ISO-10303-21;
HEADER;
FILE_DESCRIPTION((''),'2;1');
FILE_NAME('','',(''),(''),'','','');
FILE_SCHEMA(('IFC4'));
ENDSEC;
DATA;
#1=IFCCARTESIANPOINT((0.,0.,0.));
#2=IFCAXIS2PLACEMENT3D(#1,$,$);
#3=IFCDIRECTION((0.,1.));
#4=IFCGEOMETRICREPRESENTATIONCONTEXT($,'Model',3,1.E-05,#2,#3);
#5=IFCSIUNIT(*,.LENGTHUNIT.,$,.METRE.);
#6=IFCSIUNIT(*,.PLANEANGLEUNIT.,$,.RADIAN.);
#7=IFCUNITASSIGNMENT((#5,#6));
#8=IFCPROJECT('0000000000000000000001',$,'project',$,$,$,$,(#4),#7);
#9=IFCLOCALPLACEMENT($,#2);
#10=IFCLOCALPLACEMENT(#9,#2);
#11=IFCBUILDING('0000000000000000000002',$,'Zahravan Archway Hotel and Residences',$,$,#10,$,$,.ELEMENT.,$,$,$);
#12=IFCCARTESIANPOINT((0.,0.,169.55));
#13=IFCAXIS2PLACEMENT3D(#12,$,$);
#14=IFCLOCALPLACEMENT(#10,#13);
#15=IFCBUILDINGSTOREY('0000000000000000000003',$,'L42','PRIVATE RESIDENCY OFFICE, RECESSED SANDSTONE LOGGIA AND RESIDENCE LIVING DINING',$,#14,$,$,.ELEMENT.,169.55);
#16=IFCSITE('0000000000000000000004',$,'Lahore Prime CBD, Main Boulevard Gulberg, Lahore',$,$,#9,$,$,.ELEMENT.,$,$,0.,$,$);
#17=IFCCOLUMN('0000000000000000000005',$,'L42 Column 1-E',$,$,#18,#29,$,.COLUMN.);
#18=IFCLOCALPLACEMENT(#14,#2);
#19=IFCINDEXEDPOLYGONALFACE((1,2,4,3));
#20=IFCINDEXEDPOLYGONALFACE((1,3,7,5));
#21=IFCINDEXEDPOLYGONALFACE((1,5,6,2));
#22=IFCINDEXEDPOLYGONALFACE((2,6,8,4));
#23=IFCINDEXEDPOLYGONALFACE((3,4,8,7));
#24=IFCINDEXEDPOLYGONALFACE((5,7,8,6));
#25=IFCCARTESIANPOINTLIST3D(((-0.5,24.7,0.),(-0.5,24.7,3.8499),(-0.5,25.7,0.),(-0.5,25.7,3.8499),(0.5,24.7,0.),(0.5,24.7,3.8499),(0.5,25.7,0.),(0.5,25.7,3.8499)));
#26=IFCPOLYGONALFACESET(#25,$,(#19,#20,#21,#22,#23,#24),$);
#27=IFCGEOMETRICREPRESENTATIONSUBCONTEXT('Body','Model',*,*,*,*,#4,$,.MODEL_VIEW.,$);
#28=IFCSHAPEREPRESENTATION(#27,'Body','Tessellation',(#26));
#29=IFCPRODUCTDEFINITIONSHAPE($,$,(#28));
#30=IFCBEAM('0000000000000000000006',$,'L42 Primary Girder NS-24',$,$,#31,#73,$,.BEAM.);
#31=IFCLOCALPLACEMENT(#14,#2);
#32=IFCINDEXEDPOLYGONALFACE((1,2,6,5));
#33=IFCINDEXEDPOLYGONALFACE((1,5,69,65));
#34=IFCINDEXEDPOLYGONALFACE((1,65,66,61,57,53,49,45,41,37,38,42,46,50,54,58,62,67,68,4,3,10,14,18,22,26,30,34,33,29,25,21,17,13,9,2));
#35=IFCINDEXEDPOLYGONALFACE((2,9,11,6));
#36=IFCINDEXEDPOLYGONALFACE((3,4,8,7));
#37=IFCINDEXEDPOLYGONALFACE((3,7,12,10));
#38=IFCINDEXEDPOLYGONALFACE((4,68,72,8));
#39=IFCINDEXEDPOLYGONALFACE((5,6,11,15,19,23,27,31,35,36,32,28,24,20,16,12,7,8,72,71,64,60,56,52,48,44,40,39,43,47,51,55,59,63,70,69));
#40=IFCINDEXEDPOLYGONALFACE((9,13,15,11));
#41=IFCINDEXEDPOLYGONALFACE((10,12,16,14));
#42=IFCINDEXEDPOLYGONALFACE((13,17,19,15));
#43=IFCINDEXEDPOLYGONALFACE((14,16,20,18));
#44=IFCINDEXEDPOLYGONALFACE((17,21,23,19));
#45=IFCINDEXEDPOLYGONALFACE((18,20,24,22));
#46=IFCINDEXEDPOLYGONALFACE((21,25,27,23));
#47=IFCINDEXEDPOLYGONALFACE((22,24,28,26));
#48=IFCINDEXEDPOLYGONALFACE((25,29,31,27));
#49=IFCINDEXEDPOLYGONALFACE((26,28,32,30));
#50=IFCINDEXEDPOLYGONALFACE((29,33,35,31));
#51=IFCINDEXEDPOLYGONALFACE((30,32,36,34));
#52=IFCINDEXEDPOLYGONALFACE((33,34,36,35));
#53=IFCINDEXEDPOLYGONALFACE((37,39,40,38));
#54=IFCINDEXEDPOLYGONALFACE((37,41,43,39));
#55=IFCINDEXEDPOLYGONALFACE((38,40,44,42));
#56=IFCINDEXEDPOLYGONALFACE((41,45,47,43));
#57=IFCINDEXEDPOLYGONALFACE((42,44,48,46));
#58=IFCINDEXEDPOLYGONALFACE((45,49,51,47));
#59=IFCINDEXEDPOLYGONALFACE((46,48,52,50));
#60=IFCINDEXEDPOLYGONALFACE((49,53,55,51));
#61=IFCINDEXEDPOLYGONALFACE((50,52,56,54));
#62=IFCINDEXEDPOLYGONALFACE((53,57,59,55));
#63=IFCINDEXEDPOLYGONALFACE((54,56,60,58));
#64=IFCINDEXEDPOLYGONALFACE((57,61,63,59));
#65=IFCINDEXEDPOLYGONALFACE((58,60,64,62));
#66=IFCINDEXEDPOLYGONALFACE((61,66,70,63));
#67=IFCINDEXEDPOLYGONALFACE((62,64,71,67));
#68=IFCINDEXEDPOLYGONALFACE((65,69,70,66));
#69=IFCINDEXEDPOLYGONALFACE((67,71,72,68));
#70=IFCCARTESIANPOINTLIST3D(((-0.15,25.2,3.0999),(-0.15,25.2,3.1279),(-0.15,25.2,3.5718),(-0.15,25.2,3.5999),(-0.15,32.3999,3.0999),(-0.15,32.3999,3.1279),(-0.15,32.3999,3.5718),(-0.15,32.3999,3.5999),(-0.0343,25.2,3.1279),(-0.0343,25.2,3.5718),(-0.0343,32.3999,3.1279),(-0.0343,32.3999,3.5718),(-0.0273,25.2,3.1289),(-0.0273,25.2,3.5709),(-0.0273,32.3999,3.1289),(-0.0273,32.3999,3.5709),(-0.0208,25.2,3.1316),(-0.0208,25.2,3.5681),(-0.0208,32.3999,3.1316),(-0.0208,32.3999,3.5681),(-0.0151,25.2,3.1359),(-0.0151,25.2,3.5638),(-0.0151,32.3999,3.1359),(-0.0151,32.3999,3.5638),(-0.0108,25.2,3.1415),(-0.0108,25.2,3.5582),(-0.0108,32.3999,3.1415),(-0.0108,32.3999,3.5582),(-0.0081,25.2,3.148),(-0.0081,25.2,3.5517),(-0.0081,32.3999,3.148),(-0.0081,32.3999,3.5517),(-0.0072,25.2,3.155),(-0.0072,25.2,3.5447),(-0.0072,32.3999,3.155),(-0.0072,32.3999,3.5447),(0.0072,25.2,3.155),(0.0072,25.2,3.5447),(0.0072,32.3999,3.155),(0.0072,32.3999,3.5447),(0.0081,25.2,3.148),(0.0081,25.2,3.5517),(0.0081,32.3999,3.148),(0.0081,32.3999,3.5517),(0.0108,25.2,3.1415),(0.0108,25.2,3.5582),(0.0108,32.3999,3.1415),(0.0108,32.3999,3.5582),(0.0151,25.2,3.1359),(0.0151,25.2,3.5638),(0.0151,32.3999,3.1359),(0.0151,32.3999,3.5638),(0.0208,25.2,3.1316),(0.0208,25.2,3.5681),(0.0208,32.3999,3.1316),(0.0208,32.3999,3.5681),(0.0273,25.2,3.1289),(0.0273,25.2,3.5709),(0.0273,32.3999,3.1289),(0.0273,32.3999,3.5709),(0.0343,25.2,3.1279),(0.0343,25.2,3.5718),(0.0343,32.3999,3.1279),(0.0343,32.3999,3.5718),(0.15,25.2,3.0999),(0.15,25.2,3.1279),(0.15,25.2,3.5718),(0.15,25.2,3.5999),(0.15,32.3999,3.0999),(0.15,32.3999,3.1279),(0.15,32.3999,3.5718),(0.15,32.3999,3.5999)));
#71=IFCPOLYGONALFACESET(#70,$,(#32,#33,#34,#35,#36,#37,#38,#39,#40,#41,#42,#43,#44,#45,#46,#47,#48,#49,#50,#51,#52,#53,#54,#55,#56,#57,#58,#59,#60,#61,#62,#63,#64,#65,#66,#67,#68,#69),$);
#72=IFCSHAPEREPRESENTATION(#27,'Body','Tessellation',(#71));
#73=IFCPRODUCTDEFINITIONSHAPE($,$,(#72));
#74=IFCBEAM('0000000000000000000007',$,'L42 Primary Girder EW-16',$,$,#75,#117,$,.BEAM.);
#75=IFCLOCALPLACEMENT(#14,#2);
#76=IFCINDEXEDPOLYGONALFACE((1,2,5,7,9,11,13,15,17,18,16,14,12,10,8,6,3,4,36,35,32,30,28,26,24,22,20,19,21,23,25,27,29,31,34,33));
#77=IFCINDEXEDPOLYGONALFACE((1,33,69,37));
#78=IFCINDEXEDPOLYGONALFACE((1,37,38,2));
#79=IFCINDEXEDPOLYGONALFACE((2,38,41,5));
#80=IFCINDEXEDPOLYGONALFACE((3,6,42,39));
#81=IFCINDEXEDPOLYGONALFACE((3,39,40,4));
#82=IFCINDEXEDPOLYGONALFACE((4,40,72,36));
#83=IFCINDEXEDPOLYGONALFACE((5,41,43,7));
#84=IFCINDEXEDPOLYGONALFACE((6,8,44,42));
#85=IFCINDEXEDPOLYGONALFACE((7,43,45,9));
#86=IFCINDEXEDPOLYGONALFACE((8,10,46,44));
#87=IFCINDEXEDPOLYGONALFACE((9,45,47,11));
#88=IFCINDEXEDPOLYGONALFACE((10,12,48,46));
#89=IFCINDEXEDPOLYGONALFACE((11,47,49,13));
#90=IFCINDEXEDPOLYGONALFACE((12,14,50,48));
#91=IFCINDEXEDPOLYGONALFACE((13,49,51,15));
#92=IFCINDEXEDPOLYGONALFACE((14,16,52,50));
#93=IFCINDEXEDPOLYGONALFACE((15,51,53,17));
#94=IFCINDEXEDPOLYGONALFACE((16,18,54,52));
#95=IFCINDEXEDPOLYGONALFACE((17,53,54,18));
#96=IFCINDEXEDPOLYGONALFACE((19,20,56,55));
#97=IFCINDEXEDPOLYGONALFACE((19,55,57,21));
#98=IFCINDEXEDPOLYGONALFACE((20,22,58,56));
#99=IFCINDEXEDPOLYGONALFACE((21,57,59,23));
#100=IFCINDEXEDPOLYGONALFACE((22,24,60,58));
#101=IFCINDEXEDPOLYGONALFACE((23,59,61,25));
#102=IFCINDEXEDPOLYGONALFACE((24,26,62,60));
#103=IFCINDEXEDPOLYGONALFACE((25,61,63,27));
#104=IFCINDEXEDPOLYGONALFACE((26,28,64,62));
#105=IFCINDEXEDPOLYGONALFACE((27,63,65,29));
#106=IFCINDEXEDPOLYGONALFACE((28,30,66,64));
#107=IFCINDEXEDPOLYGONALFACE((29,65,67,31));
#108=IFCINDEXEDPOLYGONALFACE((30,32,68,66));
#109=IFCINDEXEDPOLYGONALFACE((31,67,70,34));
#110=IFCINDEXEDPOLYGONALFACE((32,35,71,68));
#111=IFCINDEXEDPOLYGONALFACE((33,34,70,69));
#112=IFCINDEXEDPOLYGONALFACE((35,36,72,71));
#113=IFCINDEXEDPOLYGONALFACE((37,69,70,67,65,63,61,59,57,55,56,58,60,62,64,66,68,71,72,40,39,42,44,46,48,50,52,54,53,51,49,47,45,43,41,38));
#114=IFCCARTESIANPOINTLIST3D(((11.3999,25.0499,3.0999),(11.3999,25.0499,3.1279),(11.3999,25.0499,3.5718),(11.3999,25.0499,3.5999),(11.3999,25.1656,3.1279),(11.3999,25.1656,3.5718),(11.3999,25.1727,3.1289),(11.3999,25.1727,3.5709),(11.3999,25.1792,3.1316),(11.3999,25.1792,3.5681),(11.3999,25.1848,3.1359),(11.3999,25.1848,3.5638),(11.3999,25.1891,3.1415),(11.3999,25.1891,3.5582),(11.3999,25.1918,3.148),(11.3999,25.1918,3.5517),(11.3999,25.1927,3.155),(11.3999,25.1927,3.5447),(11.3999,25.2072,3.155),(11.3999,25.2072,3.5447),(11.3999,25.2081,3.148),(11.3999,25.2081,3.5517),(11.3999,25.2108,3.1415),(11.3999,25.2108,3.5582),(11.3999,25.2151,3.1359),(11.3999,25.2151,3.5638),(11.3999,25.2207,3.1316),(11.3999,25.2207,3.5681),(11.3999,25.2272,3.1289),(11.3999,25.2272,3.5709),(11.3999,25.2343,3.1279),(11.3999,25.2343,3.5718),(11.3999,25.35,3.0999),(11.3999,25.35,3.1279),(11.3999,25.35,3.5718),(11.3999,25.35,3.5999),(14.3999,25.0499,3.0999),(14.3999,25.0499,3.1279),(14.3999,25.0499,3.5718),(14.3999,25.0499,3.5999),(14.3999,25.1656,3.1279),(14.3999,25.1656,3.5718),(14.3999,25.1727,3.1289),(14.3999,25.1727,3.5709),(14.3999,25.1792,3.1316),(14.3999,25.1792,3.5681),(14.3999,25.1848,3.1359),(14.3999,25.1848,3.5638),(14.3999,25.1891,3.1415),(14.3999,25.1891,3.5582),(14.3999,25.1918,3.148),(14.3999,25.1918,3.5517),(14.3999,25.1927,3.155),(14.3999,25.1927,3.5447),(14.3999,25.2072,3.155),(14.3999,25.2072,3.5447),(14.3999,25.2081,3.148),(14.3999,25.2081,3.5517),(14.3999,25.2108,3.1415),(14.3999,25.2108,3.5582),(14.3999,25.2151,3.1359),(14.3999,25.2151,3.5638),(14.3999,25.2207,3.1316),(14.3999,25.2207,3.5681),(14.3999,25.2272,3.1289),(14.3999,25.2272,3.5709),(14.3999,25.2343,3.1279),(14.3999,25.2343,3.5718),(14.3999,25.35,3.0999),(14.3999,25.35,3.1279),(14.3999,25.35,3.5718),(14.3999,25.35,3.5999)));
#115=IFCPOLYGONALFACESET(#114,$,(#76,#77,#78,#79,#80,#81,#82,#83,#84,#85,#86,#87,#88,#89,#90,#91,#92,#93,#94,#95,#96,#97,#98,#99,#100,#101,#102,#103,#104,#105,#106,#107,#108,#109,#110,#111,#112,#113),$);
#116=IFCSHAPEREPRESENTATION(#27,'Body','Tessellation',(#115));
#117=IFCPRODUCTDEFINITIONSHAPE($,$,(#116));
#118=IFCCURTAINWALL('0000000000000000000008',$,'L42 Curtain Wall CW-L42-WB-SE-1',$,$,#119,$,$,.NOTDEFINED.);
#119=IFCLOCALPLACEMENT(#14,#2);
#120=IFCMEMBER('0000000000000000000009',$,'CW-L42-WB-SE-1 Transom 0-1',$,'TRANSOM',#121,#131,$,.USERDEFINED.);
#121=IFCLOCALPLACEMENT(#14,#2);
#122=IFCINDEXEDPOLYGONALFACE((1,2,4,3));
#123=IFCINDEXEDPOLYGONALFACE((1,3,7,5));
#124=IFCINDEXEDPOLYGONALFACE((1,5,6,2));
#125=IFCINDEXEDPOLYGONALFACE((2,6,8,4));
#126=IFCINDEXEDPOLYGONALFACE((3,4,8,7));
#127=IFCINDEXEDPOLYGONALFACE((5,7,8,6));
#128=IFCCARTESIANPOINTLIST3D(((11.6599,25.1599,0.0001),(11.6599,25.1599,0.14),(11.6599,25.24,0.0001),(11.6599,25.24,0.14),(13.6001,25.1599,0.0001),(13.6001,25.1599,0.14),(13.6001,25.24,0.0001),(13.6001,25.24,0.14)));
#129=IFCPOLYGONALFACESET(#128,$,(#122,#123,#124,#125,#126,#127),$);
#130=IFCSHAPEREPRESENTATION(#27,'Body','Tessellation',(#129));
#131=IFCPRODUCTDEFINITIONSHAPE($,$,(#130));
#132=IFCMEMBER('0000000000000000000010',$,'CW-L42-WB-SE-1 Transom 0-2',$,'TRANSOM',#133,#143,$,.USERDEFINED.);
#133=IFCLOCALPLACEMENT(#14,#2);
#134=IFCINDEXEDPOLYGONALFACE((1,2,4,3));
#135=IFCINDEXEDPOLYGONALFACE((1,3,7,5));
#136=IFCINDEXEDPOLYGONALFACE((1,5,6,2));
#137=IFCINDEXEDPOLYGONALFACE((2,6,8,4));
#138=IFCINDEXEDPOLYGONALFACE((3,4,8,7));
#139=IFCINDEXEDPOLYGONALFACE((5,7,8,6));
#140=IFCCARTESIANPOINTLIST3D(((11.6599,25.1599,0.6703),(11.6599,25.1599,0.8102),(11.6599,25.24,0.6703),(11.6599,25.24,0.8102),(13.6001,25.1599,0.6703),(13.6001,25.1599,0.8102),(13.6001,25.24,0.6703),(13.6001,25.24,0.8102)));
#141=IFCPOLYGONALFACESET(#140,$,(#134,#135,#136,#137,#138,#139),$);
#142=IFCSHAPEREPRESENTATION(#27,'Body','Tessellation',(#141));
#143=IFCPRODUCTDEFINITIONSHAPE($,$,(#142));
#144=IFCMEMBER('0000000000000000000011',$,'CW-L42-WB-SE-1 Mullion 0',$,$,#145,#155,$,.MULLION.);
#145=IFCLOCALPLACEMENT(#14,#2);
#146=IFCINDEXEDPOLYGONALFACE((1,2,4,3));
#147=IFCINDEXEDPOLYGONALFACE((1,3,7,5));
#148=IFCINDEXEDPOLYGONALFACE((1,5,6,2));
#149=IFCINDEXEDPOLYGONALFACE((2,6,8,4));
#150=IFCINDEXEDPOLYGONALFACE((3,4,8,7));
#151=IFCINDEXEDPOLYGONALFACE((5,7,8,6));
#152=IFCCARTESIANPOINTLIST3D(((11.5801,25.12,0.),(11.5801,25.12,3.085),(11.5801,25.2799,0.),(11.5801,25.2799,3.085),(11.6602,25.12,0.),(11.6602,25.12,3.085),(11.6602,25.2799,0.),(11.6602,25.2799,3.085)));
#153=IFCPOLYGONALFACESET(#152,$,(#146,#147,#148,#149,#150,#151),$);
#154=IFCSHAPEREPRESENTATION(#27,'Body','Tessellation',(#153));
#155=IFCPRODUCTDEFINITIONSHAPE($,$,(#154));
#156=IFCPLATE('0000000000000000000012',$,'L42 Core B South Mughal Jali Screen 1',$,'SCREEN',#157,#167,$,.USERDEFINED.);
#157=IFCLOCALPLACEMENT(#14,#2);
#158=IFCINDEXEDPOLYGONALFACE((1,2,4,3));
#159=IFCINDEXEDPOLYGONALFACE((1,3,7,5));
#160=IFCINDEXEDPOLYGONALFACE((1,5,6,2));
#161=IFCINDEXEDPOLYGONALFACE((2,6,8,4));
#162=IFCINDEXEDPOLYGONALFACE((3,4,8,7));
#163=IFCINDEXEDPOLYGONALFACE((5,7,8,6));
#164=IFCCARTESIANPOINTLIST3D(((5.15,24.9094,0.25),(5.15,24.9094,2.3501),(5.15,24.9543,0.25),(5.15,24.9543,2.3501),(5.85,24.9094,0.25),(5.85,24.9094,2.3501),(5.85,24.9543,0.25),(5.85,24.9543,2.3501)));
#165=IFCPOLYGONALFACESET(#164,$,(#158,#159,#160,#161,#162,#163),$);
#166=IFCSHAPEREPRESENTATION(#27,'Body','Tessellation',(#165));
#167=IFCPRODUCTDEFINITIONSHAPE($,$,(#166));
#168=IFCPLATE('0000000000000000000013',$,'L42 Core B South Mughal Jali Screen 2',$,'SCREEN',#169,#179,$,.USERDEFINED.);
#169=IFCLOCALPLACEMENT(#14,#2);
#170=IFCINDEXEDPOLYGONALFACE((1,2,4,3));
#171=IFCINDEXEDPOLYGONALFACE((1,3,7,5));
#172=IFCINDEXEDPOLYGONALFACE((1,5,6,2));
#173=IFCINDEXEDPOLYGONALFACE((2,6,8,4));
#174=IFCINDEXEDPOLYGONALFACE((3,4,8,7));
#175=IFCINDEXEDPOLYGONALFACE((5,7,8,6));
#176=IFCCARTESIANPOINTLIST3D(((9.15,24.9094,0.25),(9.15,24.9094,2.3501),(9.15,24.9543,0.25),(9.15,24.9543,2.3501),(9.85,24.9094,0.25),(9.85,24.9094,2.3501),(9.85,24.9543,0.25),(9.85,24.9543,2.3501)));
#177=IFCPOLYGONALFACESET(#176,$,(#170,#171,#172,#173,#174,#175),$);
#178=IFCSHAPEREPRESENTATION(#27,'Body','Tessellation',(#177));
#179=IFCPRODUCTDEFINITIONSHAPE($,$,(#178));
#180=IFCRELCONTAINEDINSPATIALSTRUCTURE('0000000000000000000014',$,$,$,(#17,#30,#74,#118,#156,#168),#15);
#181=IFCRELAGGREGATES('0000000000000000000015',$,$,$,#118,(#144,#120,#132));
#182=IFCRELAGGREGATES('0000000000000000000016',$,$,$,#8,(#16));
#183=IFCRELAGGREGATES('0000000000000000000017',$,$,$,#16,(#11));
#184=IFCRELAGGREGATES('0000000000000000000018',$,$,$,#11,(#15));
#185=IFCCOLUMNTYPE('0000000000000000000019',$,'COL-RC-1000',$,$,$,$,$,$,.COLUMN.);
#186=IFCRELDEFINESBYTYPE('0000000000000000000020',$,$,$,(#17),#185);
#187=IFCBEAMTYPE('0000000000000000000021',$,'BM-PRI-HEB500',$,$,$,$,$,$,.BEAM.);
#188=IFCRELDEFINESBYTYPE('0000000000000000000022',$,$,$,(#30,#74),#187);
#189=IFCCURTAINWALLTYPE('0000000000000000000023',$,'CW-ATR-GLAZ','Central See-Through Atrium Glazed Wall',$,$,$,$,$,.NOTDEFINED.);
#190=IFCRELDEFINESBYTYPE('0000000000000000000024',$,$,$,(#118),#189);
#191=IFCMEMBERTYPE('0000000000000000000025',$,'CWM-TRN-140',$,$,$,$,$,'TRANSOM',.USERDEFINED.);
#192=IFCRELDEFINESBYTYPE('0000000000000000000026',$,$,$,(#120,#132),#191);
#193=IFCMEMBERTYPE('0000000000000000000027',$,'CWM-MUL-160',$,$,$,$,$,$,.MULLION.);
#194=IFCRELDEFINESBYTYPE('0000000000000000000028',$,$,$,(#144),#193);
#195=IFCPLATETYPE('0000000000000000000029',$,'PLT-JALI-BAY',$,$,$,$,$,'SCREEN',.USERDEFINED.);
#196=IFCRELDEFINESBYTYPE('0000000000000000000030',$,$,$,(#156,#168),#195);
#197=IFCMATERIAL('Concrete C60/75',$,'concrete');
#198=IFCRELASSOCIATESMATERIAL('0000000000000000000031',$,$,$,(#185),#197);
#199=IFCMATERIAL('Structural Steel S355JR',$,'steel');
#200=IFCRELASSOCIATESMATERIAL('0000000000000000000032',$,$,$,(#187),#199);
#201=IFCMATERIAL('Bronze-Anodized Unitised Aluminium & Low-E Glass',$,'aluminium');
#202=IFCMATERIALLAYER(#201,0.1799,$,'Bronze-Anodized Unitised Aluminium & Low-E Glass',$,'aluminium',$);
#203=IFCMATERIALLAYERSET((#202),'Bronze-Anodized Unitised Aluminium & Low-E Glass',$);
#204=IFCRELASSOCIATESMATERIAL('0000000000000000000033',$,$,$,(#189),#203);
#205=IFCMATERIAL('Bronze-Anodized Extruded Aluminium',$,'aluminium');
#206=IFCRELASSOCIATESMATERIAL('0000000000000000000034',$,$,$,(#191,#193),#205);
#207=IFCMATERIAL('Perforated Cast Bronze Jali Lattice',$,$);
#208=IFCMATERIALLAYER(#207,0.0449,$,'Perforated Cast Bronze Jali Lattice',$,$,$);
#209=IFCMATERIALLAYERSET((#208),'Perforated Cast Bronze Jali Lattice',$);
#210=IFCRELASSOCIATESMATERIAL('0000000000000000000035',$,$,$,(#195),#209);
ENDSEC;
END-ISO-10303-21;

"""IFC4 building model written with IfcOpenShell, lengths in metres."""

from ifc_helpers import new_model, si_unit, direction, frame, origin, origin_2d, place, context, subcontext, project, spatial, rectangle, i_section, extrude, source, transform, mapped, material, layer, layer_set, material_profile, profile_set, type_object, type_shapes, element, aggregate, save


model = new_model("IFC4")

# Units and contexts
model_context = context("Model", 3, precision=1e-05, world=origin(), true_north=direction((0.0, 1.0)))
body_context = subcontext(model_context, "Body", "Model", "MODEL_VIEW")
ifc_project = project(units=[si_unit("LENGTHUNIT", "METRE"), si_unit("PLANEANGLEUNIT", "RADIAN")], contexts=[model_context])

# Site, building, storey
site_placement = place(None, origin())
site = spatial("IfcSite", under=ifc_project, at=site_placement, Name="Lahore Prime CBD, Main Boulevard Gulberg, Lahore", CompositionType="ELEMENT", RefElevation=0.0)
building_placement = place(site_placement, origin())
building = spatial("IfcBuilding", under=site, at=building_placement, Name="Zahravan Archway Hotel and Residences", CompositionType="ELEMENT")
storey_placement = place(building_placement, frame((0.0, 0.0, 169.55)))
storey = spatial("IfcBuildingStorey", under=building, at=storey_placement, Name="L42", Description="PRIVATE RESIDENCY OFFICE, RECESSED SANDSTONE LOGGIA AND RESIDENCE LIVING DINING", CompositionType="ELEMENT", Elevation=169.55)

# Column
ifc_material_1 = material(Name="Concrete C60/75", Category="concrete")
ifc_material_profile_1 = material_profile(ifc_material_1, rectangle(XDim=1.0, YDim=1.0, at=origin_2d()), Name="RC-COL-1000x1000", Category="concrete")
ifc_profile_set_1 = profile_set([ifc_material_profile_1], Name="Concrete C60/75")
column_type = type_object("IfcColumnType", Name="COL-RC-1000", PredefinedType="COLUMN", material=ifc_profile_set_1)
shared_shape_1 = source(origin(), body_context, "Body", "SweptSolid", [
    extrude(rectangle(XDim=1.0, YDim=1.0, at=origin_2d()), origin(), (0.0, 0.0, 1.0), 3.8499),
])
column_placement = place(storey_placement, frame((0.0, 25.2, 0.0), z_axis=(0.0, 0.0, 1.0), x_axis=(1.0, 0.0, 0.0)))
element("IfcColumn", 1, at=column_placement, inside=storey, type_object=column_type, Name="L42 Column 1-E", PredefinedType="COLUMN", context=body_context, shape_type="MappedRepresentation", body=[
    mapped(shared_shape_1, transform((0.0, 0.0, 0.0), scale=1.0)),
])

# Beams
ifc_material_2 = material(Name="Structural Steel S355JR", Category="steel")
ifc_material_profile_2 = material_profile(ifc_material_2, i_section(OverallWidth=0.3, OverallDepth=0.5, WebThickness=0.0144, FlangeThickness=0.0281, FilletRadius=0.0271, at=origin_2d()), Name="HEB 500", Category="steel")
ifc_profile_set_2 = profile_set([ifc_material_profile_2], Name="Structural Steel S355JR")
beam_type = type_object("IfcBeamType", Name="BM-PRI-HEB500", PredefinedType="BEAM", material=ifc_profile_set_2)
shared_shape_2 = source(origin(), body_context, "Body", "SweptSolid", [
    extrude(i_section(OverallWidth=0.3, OverallDepth=0.5, WebThickness=0.0144, FlangeThickness=0.0281, FilletRadius=0.0271, at=origin_2d()), origin(), (0.0, 0.0, 1.0), 7.2),
])
beam_1_placement = place(storey_placement, frame((0.0, 25.2, 3.3499), z_axis=(0.0, 1.0, 0.0), x_axis=(-1.0, 0.0, 0.0)))
element("IfcBeam", 2, at=beam_1_placement, inside=storey, type_object=beam_type, Name="L42 Primary Girder NS-24", PredefinedType="BEAM", context=body_context, shape_type="MappedRepresentation", body=[
    mapped(shared_shape_2, transform((0.0, 0.0, 0.0), scale=1.0)),
])
shared_shape_3 = source(origin(), body_context, "Body", "SweptSolid", [
    extrude(i_section(OverallWidth=0.3, OverallDepth=0.5, WebThickness=0.0144, FlangeThickness=0.0281, FilletRadius=0.0271, at=origin_2d()), origin(), (0.0, 0.0, 1.0), 3.0),
])
beam_2_placement = place(storey_placement, frame((11.3999, 25.2, 3.3499), z_axis=(1.0, 0.0, 0.0), x_axis=(0.0, 1.0, 0.0)))
element("IfcBeam", 3, at=beam_2_placement, inside=storey, type_object=beam_type, Name="L42 Primary Girder EW-16", PredefinedType="BEAM", context=body_context, shape_type="MappedRepresentation", body=[
    mapped(shared_shape_3, transform((0.0, 0.0, 0.0), scale=1.0)),
])

# Curtain wall, members
ifc_material_3 = material(Name="Bronze-Anodized Unitised Aluminium & Low-E Glass", Category="aluminium")
ifc_layer_1 = layer(ifc_material_3, 0.1799, Name="Bronze-Anodized Unitised Aluminium & Low-E Glass", Category="aluminium")
ifc_layer_set_1 = layer_set([ifc_layer_1], Name="Bronze-Anodized Unitised Aluminium & Low-E Glass")
curtain_wall_type = type_object("IfcCurtainWallType", Name="CW-ATR-GLAZ", Description="Central See-Through Atrium Glazed Wall", PredefinedType="NOTDEFINED", material=ifc_layer_set_1)
curtain_wall_placement = place(storey_placement, origin())
curtain_wall = element("IfcCurtainWall", 4, at=curtain_wall_placement, inside=storey, type_object=curtain_wall_type, Name="L42 Curtain Wall CW-L42-WB-SE-1", PredefinedType="NOTDEFINED")
ifc_material_4 = material(Name="Bronze-Anodized Extruded Aluminium", Category="aluminium")
ifc_material_profile_3 = material_profile(ifc_material_4, rectangle(XDim=0.0801, YDim=0.1399, at=origin_2d()), Name="TRN 80x140", Category="aluminium")
ifc_profile_set_3 = profile_set([ifc_material_profile_3], Name="Bronze-Anodized Extruded Aluminium")
member_type_1 = type_object("IfcMemberType", Name="CWM-TRN-140", ElementType="TRANSOM", PredefinedType="USERDEFINED", material=ifc_profile_set_3)
shared_shape_4 = source(origin(), body_context, "Body", "SweptSolid", [
    extrude(rectangle(XDim=0.0801, YDim=0.1399, at=origin_2d()), origin(), (0.0, 0.0, 1.0), 1.9402),
])
member_1_placement = place(storey_placement, frame((11.6599, 25.2, 0.0701), z_axis=(1.0, 0.0, 0.0), x_axis=(0.0, 1.0, 0.0)))
member_1 = element("IfcMember", 5, at=member_1_placement, type_object=member_type_1, Name="CW-L42-WB-SE-1 Transom 0-1", ObjectType="TRANSOM", PredefinedType="USERDEFINED", context=body_context, shape_type="MappedRepresentation", body=[
    mapped(shared_shape_4, transform((0.0, 0.0, 0.0), scale=1.0)),
])
member_2_placement = place(storey_placement, frame((11.6599, 25.2, 0.7402), z_axis=(1.0, 0.0, 0.0), x_axis=(0.0, 1.0, 0.0)))
member_2 = element("IfcMember", 6, at=member_2_placement, type_object=member_type_1, Name="CW-L42-WB-SE-1 Transom 0-2", ObjectType="TRANSOM", PredefinedType="USERDEFINED", context=body_context, shape_type="MappedRepresentation", body=[
    mapped(shared_shape_4, transform((0.0, 0.0, 0.0), scale=1.0)),
])
ifc_material_profile_4 = material_profile(ifc_material_4, rectangle(XDim=0.0801, YDim=0.1599, at=origin_2d()), Name="MUL 80x160", Category="aluminium")
ifc_profile_set_4 = profile_set([ifc_material_profile_4], Name="Bronze-Anodized Extruded Aluminium")
member_type_2 = type_object("IfcMemberType", Name="CWM-MUL-160", PredefinedType="MULLION", material=ifc_profile_set_4)
shared_shape_5 = source(origin(), body_context, "Body", "SweptSolid", [
    extrude(rectangle(XDim=0.0801, YDim=0.1599, at=origin_2d()), origin(), (0.0, 0.0, 1.0), 3.085),
])
member_3_placement = place(storey_placement, frame((11.6201, 25.2, 0.0), z_axis=(0.0, 0.0, 1.0), x_axis=(1.0, 0.0, 0.0)))
member_3 = element("IfcMember", 7, at=member_3_placement, type_object=member_type_2, Name="CW-L42-WB-SE-1 Mullion 0", PredefinedType="MULLION", context=body_context, shape_type="MappedRepresentation", body=[
    mapped(shared_shape_5, transform((0.0, 0.0, 0.0), scale=1.0)),
])
aggregate(curtain_wall, [member_3, member_1, member_2])

# Plates
ifc_material_5 = material(Name="Perforated Cast Bronze Jali Lattice")
ifc_layer_2 = layer(ifc_material_5, 0.0449, Name="Perforated Cast Bronze Jali Lattice")
ifc_layer_set_2 = layer_set([ifc_layer_2], Name="Perforated Cast Bronze Jali Lattice")
plate_type = type_object("IfcPlateType", Name="PLT-JALI-BAY", ElementType="SCREEN", PredefinedType="USERDEFINED", material=ifc_layer_set_2)
shared_shape_6 = source(origin(), body_context, "Body", "SweptSolid", [
    extrude(rectangle(XDim=0.7, YDim=0.0449, at=origin_2d()), origin(), (0.0, 0.0, 1.0), 2.1001),
])
type_shapes(plate_type, [shared_shape_6])
for number, where, z_axis, x_axis, name in (
    (8, (5.5, 24.9319, 0.25), (0.0, 0.0, 1.0), (1.0, 0.0, 0.0), "L42 Core B South Mughal Jali Screen 1"),
    (9, (9.5, 24.9319, 0.25), (0.0, 0.0, 1.0), (1.0, 0.0, 0.0), "L42 Core B South Mughal Jali Screen 2"),
):
    element("IfcPlate", number, at=place(storey_placement, frame(where, z_axis=z_axis, x_axis=x_axis)), inside=storey, type_object=plate_type, Name=name, ObjectType="SCREEN", PredefinedType="USERDEFINED", context=body_context, shape_type="MappedRepresentation", body=[
        mapped(shared_shape_6, transform((0.0, 0.0, 0.0), scale=1.0)),
    ])

save(model, "model.ifc")
